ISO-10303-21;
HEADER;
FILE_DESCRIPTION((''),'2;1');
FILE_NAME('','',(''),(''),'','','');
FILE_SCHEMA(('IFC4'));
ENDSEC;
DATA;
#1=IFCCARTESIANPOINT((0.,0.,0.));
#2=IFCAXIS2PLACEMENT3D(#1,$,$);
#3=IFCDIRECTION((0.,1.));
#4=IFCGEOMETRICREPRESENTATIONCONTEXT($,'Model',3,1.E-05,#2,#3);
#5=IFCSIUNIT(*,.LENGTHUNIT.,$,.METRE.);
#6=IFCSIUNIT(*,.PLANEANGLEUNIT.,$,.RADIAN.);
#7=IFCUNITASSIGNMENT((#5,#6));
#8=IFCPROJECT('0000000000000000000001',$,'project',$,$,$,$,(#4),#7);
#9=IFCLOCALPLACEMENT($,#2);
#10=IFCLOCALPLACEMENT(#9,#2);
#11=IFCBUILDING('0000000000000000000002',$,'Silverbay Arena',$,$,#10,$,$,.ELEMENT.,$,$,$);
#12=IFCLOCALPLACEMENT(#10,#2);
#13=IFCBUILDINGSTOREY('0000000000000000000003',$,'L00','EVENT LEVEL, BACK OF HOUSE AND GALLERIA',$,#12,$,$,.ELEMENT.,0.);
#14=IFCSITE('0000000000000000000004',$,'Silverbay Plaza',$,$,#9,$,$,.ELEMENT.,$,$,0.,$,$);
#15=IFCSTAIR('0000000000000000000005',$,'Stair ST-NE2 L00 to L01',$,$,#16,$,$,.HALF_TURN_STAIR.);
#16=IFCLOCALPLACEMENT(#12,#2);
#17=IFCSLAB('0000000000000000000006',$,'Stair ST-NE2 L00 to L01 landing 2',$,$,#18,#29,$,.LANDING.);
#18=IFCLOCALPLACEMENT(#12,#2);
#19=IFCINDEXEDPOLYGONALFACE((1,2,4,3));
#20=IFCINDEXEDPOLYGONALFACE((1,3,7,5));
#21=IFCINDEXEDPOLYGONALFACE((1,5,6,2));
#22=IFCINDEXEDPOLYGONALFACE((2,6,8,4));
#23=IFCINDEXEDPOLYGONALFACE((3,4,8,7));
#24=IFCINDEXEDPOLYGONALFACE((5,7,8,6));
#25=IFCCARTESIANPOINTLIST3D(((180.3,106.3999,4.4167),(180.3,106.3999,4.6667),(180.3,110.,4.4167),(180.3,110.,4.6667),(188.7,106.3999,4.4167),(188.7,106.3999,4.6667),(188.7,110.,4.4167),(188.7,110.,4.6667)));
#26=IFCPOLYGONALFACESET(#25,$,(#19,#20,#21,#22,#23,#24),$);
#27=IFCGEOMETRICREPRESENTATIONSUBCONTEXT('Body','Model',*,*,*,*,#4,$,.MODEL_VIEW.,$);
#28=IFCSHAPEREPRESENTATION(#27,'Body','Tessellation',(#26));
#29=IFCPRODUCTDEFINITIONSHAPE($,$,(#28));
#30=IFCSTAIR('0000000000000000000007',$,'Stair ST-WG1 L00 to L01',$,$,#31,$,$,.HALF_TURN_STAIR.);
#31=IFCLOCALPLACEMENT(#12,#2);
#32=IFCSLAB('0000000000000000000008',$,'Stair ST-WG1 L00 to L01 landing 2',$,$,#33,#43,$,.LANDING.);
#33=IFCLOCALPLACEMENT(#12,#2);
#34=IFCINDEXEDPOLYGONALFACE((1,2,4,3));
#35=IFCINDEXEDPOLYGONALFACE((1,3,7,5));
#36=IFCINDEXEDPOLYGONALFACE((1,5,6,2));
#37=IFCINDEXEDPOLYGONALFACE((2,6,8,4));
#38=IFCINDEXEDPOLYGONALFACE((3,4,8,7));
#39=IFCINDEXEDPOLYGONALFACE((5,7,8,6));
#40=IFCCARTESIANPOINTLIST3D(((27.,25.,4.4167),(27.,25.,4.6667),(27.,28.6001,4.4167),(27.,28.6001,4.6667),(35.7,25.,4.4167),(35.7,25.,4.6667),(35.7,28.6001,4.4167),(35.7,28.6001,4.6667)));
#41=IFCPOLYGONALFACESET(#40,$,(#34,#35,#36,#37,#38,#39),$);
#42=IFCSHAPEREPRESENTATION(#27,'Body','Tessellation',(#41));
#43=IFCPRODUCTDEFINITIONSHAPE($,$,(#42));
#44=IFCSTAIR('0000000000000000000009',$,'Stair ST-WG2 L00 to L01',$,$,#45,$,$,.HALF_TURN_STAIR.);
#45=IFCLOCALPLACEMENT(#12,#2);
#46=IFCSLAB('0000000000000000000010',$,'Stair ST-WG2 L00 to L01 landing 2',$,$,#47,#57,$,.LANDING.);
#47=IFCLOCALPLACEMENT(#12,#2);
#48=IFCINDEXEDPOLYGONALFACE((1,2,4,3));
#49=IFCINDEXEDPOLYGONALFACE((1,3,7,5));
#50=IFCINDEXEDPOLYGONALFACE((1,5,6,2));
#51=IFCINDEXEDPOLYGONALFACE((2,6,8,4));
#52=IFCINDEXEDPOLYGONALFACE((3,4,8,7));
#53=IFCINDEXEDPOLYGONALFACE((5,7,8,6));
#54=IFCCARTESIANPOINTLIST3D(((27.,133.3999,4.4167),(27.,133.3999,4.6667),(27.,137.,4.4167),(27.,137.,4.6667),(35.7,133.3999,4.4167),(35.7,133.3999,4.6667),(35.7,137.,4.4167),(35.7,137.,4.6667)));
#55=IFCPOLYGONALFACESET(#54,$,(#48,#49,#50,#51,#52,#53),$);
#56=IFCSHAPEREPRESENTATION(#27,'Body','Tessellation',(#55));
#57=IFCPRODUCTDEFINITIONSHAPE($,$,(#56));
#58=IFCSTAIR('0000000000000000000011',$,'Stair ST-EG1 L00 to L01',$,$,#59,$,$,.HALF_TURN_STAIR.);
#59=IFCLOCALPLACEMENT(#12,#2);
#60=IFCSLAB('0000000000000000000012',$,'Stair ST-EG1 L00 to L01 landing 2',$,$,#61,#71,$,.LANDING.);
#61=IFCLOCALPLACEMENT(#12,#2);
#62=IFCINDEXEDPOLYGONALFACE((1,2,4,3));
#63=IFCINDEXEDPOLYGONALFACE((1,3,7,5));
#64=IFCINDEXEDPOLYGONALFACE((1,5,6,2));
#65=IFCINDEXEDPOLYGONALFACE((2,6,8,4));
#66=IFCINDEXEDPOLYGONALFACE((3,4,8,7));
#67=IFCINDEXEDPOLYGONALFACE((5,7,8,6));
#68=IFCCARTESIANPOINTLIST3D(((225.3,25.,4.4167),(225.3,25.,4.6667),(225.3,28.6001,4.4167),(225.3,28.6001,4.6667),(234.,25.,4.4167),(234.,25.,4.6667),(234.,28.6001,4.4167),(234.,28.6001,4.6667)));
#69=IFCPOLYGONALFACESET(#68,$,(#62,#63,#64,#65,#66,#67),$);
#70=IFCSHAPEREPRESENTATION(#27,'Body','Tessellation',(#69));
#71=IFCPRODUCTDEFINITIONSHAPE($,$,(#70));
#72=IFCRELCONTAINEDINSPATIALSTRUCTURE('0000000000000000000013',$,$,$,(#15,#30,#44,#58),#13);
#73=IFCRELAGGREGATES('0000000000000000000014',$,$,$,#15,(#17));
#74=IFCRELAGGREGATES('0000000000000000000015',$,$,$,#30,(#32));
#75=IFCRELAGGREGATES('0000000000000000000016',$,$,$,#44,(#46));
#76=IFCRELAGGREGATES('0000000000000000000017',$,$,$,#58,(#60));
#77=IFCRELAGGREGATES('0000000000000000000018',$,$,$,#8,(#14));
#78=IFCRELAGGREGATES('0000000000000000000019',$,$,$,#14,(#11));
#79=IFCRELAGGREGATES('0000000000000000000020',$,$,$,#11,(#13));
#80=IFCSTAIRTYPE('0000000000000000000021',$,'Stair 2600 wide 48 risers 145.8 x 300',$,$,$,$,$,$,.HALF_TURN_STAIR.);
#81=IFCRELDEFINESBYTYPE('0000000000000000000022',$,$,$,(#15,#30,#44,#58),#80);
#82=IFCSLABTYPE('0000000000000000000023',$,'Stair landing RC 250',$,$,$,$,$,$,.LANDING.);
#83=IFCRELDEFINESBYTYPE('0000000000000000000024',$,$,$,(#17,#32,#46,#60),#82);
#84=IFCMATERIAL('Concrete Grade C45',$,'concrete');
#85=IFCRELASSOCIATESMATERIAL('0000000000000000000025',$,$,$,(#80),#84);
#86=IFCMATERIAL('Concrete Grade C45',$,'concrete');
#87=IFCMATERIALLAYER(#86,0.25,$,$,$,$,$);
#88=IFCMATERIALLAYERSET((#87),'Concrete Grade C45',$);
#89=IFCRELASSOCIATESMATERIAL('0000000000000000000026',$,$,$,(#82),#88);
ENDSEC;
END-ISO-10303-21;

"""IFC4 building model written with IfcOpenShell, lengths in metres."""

from ifc_helpers import new_model, si_unit, direction, frame, origin, place, context, subcontext, project, spatial, polyline, outline, extrude, material, layer, layer_set, type_object, element, aggregate, save


model = new_model("IFC4")

# Units and contexts
model_context = context("Model", 3, precision=1e-05, world=origin(), true_north=direction((0.0, 1.0)))
body_context = subcontext(model_context, "Body", "Model", "MODEL_VIEW")
ifc_project = project(units=[si_unit("LENGTHUNIT", "METRE"), si_unit("PLANEANGLEUNIT", "RADIAN")], contexts=[model_context])

# Site, building, storey
site_placement = place(None, origin())
site = spatial("IfcSite", under=ifc_project, at=site_placement, Name="Silverbay Plaza", CompositionType="ELEMENT", RefElevation=0.0)
building_placement = place(site_placement, origin())
building = spatial("IfcBuilding", under=site, at=building_placement, Name="Silverbay Arena", CompositionType="ELEMENT")
storey_placement = place(building_placement, origin())
storey = spatial("IfcBuildingStorey", under=building, at=storey_placement, Name="L00", Description="EVENT LEVEL, BACK OF HOUSE AND GALLERIA", CompositionType="ELEMENT", Elevation=0.0)

# Shared definitions
ifc_material_1 = material(Name="Concrete Grade C45", Category="concrete")
stair_type = type_object("IfcStairType", Name="Stair 2600 wide 48 risers 145.8 x 300", PredefinedType="HALF_TURN_STAIR", material=ifc_material_1)

# Shared definitions
ifc_material_2 = material(Name="Concrete Grade C45", Category="concrete")
ifc_layer_1 = layer(ifc_material_2, 0.25)
ifc_layer_set_1 = layer_set([ifc_layer_1], Name="Concrete Grade C45")
slab_type_1 = type_object("IfcSlabType", Name="Stair landing RC 250", PredefinedType="LANDING", material=ifc_layer_set_1)

# Stairs, slabs
stair_1_placement = place(storey_placement, origin())
stair_1 = element("IfcStair", 1, at=stair_1_placement, inside=storey, type_object=stair_type, Name="Stair ST-NE2 L00 to L01", PredefinedType="HALF_TURN_STAIR")
slab_1_placement = place(storey_placement, frame((0.0, 0.0, 4.4167)))
slab_1 = element("IfcSlab", 2, at=slab_1_placement, type_object=slab_type_1, Name="Stair ST-NE2 L00 to L01 landing 2", PredefinedType="LANDING", context=body_context, shape_type="SweptSolid", body=[
    extrude(outline(polyline([(180.3, 110.0), (180.3, 106.3999), (188.7, 106.3999), (188.7, 110.0), (180.3, 110.0)])), origin(), (0.0, 0.0, 1.0), 0.25),
])
aggregate(stair_1, [slab_1])
stair_2_placement = place(storey_placement, origin())
stair_2 = element("IfcStair", 3, at=stair_2_placement, inside=storey, type_object=stair_type, Name="Stair ST-WG1 L00 to L01", PredefinedType="HALF_TURN_STAIR")
slab_2_placement = place(storey_placement, frame((0.0, 0.0, 4.4167)))
slab_2 = element("IfcSlab", 4, at=slab_2_placement, type_object=slab_type_1, Name="Stair ST-WG1 L00 to L01 landing 2", PredefinedType="LANDING", context=body_context, shape_type="SweptSolid", body=[
    extrude(outline(polyline([(35.7, 25.0), (35.7, 28.6001), (27.0, 28.6001), (27.0, 25.0), (35.7, 25.0)])), origin(), (0.0, 0.0, 1.0), 0.25),
])
aggregate(stair_2, [slab_2])
stair_3_placement = place(storey_placement, origin())
stair_3 = element("IfcStair", 5, at=stair_3_placement, inside=storey, type_object=stair_type, Name="Stair ST-WG2 L00 to L01", PredefinedType="HALF_TURN_STAIR")
slab_3_placement = place(storey_placement, frame((0.0, 0.0, 4.4167)))
slab_3 = element("IfcSlab", 6, at=slab_3_placement, type_object=slab_type_1, Name="Stair ST-WG2 L00 to L01 landing 2", PredefinedType="LANDING", context=body_context, shape_type="SweptSolid", body=[
    extrude(outline(polyline([(35.7, 137.0), (35.7, 133.3999), (27.0, 133.3999), (27.0, 137.0), (35.7, 137.0)])), origin(), (0.0, 0.0, 1.0), 0.25),
])
aggregate(stair_3, [slab_3])
stair_4_placement = place(storey_placement, origin())
stair_4 = element("IfcStair", 7, at=stair_4_placement, inside=storey, type_object=stair_type, Name="Stair ST-EG1 L00 to L01", PredefinedType="HALF_TURN_STAIR")
slab_4_placement = place(storey_placement, frame((0.0, 0.0, 4.4167)))
slab_4 = element("IfcSlab", 8, at=slab_4_placement, type_object=slab_type_1, Name="Stair ST-EG1 L00 to L01 landing 2", PredefinedType="LANDING", context=body_context, shape_type="SweptSolid", body=[
    extrude(outline(polyline([(225.3, 25.0), (225.3, 28.6001), (234.0, 28.6001), (234.0, 25.0), (225.3, 25.0)])), origin(), (0.0, 0.0, 1.0), 0.25),
])
aggregate(stair_4, [slab_4])

save(model, "model.ifc")
